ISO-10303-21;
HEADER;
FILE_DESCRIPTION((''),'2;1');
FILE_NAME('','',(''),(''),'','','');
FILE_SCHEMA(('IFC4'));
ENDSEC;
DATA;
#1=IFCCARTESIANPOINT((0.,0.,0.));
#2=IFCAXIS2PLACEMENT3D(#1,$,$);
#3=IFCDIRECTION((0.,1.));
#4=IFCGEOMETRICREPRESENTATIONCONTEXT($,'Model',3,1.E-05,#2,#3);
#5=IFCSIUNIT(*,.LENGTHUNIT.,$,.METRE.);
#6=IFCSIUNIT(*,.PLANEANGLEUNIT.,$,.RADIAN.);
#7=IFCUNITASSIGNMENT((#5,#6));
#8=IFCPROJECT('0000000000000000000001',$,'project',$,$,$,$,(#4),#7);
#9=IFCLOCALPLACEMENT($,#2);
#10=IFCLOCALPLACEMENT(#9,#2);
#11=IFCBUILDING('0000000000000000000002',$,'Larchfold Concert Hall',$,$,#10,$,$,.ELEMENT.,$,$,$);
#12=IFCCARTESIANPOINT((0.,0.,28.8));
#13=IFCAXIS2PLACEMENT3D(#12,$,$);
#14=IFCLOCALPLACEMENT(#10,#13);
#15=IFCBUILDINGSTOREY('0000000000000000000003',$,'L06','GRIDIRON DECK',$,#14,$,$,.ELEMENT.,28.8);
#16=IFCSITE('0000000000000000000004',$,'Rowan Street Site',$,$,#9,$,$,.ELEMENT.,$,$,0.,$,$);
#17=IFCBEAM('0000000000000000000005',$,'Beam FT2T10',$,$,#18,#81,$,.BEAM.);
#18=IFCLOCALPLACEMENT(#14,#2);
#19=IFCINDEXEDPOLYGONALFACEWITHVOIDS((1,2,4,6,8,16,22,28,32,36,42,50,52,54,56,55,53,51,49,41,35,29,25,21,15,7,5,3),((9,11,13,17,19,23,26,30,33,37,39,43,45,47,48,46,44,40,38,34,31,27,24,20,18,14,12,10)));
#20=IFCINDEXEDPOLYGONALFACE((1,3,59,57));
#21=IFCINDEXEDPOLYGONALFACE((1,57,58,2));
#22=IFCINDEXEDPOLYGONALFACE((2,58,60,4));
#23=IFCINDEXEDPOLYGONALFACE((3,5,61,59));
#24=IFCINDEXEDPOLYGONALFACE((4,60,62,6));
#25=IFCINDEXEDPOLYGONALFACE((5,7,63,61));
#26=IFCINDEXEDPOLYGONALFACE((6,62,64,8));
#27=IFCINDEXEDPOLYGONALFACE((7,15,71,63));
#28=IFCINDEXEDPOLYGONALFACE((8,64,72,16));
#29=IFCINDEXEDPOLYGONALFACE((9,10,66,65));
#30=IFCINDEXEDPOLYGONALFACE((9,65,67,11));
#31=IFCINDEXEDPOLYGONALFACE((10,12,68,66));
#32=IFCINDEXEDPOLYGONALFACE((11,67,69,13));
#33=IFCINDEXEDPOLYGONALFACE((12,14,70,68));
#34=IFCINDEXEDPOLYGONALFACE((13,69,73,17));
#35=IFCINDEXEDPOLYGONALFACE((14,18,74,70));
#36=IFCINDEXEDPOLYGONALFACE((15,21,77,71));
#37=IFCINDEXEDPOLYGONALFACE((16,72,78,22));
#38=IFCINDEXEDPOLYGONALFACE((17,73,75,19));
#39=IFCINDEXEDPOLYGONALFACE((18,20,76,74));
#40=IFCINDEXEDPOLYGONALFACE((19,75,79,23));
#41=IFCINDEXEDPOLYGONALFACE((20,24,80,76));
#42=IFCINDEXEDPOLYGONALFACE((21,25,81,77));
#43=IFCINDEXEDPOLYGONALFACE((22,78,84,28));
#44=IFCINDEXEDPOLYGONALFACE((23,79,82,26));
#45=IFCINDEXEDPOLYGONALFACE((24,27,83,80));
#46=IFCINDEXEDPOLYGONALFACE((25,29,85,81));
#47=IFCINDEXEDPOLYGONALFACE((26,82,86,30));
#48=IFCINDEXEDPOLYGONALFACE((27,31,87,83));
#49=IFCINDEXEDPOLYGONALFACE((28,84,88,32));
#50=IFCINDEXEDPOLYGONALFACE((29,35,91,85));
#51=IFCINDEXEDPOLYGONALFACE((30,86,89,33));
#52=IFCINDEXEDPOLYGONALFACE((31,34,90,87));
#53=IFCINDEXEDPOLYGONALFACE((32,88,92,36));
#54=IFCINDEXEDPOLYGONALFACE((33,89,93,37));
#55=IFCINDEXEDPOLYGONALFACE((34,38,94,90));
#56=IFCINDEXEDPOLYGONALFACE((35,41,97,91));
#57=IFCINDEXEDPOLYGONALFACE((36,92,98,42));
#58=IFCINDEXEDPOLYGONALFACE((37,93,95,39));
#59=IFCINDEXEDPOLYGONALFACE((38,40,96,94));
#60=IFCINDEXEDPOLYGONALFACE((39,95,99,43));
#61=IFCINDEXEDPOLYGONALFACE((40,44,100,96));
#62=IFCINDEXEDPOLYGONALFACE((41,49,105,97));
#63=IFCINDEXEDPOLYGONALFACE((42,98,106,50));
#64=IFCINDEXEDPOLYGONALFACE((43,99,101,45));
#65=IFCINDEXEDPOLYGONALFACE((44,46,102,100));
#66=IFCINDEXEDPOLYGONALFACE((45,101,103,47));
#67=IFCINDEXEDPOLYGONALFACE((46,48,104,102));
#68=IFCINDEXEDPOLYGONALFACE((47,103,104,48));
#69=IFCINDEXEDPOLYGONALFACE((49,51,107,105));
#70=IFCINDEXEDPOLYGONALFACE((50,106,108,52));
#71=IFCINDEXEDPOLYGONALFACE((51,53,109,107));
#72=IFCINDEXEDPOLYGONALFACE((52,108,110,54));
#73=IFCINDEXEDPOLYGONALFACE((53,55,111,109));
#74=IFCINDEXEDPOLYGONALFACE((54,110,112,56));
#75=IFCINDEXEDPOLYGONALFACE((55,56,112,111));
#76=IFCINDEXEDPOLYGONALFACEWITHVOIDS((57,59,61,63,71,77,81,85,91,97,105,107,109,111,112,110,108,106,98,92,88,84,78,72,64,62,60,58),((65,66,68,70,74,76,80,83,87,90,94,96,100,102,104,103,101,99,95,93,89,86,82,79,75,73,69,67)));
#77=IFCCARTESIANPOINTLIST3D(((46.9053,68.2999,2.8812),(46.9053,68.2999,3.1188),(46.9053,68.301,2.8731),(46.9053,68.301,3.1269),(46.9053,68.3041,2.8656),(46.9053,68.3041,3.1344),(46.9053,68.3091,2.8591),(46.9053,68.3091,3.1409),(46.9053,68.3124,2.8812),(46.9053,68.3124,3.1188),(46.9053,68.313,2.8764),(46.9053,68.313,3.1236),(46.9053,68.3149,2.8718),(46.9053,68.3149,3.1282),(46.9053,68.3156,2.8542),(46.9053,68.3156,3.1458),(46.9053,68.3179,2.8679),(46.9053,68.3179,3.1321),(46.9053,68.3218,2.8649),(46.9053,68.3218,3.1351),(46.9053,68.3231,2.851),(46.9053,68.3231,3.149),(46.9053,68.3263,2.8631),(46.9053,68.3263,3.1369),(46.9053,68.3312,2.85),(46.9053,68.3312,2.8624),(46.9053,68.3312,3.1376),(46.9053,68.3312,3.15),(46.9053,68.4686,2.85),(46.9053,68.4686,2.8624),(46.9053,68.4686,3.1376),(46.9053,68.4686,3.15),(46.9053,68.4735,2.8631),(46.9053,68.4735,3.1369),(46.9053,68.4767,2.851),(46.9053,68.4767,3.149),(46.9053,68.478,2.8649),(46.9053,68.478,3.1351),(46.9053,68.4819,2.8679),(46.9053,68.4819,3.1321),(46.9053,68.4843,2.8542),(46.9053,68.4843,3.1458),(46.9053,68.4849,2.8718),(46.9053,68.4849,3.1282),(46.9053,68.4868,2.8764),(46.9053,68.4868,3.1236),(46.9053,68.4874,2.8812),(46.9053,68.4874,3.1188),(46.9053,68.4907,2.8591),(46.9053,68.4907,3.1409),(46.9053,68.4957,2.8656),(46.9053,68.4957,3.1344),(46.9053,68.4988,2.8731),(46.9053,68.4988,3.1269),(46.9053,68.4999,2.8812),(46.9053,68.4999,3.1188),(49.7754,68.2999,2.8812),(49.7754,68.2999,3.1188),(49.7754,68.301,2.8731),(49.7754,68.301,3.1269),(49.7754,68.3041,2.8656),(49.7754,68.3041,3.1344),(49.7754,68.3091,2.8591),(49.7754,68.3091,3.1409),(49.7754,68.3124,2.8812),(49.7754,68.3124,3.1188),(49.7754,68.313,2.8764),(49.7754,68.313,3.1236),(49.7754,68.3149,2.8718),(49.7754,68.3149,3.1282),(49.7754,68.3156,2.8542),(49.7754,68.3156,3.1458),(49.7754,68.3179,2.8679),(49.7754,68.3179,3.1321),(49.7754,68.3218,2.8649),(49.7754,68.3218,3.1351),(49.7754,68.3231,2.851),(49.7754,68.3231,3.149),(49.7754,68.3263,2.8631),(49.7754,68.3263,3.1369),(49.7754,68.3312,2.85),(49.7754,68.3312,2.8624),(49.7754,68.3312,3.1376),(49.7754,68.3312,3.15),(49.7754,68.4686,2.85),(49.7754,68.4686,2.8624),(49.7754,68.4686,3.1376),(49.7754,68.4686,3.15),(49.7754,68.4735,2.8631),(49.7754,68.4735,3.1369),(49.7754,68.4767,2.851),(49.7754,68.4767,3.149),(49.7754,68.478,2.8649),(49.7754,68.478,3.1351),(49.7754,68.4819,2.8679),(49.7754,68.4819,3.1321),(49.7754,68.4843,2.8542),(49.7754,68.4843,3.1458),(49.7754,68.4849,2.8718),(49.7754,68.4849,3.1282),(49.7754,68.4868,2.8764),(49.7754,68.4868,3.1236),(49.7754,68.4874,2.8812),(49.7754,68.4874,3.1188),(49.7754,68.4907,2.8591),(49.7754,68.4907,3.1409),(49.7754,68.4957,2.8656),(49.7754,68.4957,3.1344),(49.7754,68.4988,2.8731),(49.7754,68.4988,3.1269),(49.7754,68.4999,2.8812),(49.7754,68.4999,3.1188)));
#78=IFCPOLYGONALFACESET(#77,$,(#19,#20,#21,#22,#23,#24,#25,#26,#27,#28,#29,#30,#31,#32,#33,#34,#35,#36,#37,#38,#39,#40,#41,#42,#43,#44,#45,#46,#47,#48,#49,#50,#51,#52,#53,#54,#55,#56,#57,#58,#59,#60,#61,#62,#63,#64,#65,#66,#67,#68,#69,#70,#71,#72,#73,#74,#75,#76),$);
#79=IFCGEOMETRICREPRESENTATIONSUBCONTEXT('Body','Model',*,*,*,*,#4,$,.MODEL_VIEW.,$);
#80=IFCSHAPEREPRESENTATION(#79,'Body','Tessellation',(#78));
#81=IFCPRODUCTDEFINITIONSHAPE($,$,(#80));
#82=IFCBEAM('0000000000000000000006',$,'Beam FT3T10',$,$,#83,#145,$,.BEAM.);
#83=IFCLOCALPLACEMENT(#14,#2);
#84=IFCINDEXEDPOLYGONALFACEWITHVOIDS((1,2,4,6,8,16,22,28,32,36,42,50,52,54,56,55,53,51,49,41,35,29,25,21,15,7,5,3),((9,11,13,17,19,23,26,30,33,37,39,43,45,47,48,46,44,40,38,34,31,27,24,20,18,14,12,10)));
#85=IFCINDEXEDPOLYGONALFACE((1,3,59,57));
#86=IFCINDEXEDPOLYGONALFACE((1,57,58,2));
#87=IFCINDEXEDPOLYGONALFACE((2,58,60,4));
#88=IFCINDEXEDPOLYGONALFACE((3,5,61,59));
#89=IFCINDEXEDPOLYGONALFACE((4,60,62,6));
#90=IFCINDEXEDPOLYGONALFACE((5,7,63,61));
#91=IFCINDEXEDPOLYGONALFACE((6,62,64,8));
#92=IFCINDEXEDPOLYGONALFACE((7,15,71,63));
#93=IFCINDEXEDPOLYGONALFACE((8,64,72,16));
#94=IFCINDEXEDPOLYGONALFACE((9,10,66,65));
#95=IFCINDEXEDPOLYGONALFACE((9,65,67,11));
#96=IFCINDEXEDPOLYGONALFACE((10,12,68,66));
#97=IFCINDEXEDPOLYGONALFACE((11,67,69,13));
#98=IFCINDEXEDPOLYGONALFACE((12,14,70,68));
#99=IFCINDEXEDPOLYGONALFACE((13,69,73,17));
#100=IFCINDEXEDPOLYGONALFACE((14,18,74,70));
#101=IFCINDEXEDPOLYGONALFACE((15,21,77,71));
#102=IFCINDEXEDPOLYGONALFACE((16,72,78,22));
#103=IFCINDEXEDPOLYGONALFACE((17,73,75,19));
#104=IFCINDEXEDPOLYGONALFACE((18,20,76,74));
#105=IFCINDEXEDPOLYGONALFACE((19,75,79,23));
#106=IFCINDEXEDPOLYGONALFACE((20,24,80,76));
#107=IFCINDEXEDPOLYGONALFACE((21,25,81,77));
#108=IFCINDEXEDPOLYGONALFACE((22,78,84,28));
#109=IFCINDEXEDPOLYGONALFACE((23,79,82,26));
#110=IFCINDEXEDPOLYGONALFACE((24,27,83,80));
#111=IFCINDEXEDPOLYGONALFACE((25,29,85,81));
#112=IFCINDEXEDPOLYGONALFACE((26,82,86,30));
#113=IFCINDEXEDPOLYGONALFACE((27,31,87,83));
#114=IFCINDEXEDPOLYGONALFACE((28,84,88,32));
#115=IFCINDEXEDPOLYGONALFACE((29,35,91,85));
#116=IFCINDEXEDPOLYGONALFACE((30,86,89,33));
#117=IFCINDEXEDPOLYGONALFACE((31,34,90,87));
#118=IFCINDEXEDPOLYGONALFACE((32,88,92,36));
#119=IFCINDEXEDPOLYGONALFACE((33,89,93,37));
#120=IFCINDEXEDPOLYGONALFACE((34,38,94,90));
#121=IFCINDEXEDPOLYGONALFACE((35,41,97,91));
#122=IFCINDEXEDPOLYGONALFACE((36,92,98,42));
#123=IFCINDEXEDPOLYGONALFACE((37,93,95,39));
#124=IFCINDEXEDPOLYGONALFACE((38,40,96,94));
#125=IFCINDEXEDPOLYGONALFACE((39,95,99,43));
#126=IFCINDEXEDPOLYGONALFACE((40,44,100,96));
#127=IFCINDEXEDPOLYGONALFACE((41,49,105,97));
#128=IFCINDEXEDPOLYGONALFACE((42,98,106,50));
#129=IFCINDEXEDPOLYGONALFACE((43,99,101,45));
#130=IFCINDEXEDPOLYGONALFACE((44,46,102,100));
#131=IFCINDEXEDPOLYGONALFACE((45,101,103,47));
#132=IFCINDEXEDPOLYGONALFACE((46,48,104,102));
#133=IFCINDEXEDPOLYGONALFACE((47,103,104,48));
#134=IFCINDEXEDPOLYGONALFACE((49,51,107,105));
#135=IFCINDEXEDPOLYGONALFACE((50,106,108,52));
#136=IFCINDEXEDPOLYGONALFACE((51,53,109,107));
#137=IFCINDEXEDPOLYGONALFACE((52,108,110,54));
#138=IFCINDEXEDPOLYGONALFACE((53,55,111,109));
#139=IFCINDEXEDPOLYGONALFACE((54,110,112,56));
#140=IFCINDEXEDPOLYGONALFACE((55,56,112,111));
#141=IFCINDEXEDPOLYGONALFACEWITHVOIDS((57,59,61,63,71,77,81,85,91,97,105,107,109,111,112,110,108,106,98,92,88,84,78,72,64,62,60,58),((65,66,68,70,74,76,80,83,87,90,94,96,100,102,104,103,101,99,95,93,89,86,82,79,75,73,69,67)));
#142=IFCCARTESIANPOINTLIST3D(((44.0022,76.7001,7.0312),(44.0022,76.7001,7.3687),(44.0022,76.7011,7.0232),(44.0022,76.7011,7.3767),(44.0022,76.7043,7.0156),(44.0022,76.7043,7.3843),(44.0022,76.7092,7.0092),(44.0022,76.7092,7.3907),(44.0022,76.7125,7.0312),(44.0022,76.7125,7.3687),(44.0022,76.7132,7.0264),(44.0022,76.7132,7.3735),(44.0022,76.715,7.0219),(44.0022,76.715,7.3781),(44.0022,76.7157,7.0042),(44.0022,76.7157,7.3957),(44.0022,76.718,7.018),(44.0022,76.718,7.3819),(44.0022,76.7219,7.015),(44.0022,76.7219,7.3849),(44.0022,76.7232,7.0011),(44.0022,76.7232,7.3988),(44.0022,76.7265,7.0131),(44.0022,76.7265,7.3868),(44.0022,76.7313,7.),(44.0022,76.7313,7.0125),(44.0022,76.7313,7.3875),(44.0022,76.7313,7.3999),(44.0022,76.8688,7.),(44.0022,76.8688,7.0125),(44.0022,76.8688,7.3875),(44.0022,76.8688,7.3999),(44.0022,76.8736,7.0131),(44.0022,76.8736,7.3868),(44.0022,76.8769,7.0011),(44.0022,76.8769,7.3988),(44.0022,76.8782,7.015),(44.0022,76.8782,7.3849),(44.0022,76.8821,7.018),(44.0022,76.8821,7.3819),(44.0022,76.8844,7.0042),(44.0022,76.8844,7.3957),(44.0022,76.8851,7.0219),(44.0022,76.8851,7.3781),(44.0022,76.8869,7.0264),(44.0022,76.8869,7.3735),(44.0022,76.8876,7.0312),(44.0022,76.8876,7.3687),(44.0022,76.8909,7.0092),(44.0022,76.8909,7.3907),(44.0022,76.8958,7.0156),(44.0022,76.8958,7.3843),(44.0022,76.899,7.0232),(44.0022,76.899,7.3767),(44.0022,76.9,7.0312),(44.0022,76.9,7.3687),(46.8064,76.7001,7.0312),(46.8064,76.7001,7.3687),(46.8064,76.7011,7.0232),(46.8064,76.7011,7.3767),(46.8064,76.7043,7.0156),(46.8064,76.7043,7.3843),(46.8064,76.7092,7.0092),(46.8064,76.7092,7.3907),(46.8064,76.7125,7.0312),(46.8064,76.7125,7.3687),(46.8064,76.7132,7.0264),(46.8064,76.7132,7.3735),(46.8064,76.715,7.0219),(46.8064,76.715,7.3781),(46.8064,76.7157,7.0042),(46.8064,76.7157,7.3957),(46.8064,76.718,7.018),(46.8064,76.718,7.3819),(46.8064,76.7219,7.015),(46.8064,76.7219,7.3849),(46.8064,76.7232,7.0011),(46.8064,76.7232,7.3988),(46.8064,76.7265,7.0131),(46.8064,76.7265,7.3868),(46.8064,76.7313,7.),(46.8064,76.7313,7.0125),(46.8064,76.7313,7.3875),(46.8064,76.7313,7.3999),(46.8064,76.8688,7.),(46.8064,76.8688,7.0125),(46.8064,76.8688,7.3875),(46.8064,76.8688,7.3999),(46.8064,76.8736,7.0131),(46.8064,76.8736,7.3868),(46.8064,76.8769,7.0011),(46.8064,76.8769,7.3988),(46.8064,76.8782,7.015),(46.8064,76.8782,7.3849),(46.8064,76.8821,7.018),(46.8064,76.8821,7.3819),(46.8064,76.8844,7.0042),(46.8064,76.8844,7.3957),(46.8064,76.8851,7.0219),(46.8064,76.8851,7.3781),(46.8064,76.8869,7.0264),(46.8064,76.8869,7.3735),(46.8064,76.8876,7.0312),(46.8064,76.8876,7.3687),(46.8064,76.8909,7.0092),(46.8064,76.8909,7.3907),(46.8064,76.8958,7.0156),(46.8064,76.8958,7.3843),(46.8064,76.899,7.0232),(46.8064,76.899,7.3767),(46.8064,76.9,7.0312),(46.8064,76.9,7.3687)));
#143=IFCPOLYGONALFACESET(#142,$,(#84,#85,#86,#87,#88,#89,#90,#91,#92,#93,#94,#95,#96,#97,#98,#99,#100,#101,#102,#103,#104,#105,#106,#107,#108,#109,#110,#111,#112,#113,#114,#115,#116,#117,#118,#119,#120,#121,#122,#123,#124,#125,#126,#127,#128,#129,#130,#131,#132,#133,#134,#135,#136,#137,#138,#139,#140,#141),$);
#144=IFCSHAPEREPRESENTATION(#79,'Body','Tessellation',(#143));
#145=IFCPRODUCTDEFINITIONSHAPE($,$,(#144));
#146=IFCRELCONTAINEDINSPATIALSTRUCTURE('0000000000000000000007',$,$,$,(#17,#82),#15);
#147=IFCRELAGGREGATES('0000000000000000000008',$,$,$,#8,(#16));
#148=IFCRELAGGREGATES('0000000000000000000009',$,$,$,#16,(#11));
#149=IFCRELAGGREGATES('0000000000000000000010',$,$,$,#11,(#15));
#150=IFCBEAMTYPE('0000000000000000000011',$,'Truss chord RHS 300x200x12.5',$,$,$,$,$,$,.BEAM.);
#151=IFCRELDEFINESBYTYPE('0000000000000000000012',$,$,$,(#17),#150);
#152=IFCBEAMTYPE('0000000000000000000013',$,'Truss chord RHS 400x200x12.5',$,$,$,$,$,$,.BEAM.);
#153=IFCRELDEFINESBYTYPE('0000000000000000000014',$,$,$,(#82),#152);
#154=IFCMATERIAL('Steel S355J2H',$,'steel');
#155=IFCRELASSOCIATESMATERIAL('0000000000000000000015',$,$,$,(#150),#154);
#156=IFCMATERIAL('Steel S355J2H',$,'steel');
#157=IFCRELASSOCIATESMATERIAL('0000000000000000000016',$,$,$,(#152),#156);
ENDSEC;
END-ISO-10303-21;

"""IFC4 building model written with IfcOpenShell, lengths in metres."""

from ifc_helpers import new_model, si_unit, direction, frame, origin, origin_2d, place, context, subcontext, project, spatial, hollow_rectangle, extrude, material, material_profile, profile_set, type_object, element, save


model = new_model("IFC4")

# Units and contexts
model_context = context("Model", 3, precision=1e-05, world=origin(), true_north=direction((0.0, 1.0)))
body_context = subcontext(model_context, "Body", "Model", "MODEL_VIEW")
ifc_project = project(units=[si_unit("LENGTHUNIT", "METRE"), si_unit("PLANEANGLEUNIT", "RADIAN")], contexts=[model_context])

# Site, building, storey
site_placement = place(None, origin())
site = spatial("IfcSite", under=ifc_project, at=site_placement, Name="Rowan Street Site", CompositionType="ELEMENT", RefElevation=0.0)
building_placement = place(site_placement, origin())
building = spatial("IfcBuilding", under=site, at=building_placement, Name="Larchfold Concert Hall", CompositionType="ELEMENT")
storey_placement = place(building_placement, frame((0.0, 0.0, 28.8)))
storey = spatial("IfcBuildingStorey", under=building, at=storey_placement, Name="L06", Description="GRIDIRON DECK", CompositionType="ELEMENT", Elevation=28.8)

# Beams
ifc_material_1 = material(Name="Steel S355J2H", Category="steel")
ifc_material_profile_1 = material_profile(ifc_material_1, hollow_rectangle(XDim=0.2, YDim=0.3, WallThickness=0.0125, InnerFilletRadius=0.0188, OuterFilletRadius=0.0312, at=origin_2d()))
ifc_profile_set_1 = profile_set([ifc_material_profile_1], Name="Steel S355J2H")
beam_type_1 = type_object("IfcBeamType", Name="Truss chord RHS 300x200x12.5", PredefinedType="BEAM", material=ifc_profile_set_1)
beam_1_placement = place(storey_placement, frame((46.9053, 68.3999, 3.0), z_axis=(1.0, 0.0, 0.0), x_axis=(0.0, 1.0, 0.0)))
element("IfcBeam", 1, at=beam_1_placement, inside=storey, type_object=beam_type_1, Name="Beam FT2T10", PredefinedType="BEAM", context=body_context, shape_type="SweptSolid", body=[
    extrude(hollow_rectangle(XDim=0.2, YDim=0.3, WallThickness=0.0125, InnerFilletRadius=0.0188, OuterFilletRadius=0.0312, at=origin_2d()), origin(), (0.0, 0.0, 1.0), 2.8701),
])
ifc_material_2 = material(Name="Steel S355J2H", Category="steel")
ifc_material_profile_2 = material_profile(ifc_material_2, hollow_rectangle(XDim=0.2, YDim=0.3999, WallThickness=0.0125, InnerFilletRadius=0.0188, OuterFilletRadius=0.0312, at=origin_2d()))
ifc_profile_set_2 = profile_set([ifc_material_profile_2], Name="Steel S355J2H")
beam_type_2 = type_object("IfcBeamType", Name="Truss chord RHS 400x200x12.5", PredefinedType="BEAM", material=ifc_profile_set_2)
for number, where, z_axis, x_axis, name in (
    (2, (44.0022, 76.8, 7.2), (1.0, 0.0, 0.0), (0.0, 1.0, 0.0), "Beam FT3T10"),
):
    element("IfcBeam", number, at=place(storey_placement, frame(where, z_axis=z_axis, x_axis=x_axis)), inside=storey, type_object=beam_type_2, Name=name, PredefinedType="BEAM", context=body_context, shape_type="SweptSolid", body=[
        extrude(hollow_rectangle(XDim=0.2, YDim=0.3999, WallThickness=0.0125, InnerFilletRadius=0.0188, OuterFilletRadius=0.0312, at=origin_2d()), origin(), (0.0, 0.0, 1.0), 2.8042),
    ])

save(model, "model.ifc")
